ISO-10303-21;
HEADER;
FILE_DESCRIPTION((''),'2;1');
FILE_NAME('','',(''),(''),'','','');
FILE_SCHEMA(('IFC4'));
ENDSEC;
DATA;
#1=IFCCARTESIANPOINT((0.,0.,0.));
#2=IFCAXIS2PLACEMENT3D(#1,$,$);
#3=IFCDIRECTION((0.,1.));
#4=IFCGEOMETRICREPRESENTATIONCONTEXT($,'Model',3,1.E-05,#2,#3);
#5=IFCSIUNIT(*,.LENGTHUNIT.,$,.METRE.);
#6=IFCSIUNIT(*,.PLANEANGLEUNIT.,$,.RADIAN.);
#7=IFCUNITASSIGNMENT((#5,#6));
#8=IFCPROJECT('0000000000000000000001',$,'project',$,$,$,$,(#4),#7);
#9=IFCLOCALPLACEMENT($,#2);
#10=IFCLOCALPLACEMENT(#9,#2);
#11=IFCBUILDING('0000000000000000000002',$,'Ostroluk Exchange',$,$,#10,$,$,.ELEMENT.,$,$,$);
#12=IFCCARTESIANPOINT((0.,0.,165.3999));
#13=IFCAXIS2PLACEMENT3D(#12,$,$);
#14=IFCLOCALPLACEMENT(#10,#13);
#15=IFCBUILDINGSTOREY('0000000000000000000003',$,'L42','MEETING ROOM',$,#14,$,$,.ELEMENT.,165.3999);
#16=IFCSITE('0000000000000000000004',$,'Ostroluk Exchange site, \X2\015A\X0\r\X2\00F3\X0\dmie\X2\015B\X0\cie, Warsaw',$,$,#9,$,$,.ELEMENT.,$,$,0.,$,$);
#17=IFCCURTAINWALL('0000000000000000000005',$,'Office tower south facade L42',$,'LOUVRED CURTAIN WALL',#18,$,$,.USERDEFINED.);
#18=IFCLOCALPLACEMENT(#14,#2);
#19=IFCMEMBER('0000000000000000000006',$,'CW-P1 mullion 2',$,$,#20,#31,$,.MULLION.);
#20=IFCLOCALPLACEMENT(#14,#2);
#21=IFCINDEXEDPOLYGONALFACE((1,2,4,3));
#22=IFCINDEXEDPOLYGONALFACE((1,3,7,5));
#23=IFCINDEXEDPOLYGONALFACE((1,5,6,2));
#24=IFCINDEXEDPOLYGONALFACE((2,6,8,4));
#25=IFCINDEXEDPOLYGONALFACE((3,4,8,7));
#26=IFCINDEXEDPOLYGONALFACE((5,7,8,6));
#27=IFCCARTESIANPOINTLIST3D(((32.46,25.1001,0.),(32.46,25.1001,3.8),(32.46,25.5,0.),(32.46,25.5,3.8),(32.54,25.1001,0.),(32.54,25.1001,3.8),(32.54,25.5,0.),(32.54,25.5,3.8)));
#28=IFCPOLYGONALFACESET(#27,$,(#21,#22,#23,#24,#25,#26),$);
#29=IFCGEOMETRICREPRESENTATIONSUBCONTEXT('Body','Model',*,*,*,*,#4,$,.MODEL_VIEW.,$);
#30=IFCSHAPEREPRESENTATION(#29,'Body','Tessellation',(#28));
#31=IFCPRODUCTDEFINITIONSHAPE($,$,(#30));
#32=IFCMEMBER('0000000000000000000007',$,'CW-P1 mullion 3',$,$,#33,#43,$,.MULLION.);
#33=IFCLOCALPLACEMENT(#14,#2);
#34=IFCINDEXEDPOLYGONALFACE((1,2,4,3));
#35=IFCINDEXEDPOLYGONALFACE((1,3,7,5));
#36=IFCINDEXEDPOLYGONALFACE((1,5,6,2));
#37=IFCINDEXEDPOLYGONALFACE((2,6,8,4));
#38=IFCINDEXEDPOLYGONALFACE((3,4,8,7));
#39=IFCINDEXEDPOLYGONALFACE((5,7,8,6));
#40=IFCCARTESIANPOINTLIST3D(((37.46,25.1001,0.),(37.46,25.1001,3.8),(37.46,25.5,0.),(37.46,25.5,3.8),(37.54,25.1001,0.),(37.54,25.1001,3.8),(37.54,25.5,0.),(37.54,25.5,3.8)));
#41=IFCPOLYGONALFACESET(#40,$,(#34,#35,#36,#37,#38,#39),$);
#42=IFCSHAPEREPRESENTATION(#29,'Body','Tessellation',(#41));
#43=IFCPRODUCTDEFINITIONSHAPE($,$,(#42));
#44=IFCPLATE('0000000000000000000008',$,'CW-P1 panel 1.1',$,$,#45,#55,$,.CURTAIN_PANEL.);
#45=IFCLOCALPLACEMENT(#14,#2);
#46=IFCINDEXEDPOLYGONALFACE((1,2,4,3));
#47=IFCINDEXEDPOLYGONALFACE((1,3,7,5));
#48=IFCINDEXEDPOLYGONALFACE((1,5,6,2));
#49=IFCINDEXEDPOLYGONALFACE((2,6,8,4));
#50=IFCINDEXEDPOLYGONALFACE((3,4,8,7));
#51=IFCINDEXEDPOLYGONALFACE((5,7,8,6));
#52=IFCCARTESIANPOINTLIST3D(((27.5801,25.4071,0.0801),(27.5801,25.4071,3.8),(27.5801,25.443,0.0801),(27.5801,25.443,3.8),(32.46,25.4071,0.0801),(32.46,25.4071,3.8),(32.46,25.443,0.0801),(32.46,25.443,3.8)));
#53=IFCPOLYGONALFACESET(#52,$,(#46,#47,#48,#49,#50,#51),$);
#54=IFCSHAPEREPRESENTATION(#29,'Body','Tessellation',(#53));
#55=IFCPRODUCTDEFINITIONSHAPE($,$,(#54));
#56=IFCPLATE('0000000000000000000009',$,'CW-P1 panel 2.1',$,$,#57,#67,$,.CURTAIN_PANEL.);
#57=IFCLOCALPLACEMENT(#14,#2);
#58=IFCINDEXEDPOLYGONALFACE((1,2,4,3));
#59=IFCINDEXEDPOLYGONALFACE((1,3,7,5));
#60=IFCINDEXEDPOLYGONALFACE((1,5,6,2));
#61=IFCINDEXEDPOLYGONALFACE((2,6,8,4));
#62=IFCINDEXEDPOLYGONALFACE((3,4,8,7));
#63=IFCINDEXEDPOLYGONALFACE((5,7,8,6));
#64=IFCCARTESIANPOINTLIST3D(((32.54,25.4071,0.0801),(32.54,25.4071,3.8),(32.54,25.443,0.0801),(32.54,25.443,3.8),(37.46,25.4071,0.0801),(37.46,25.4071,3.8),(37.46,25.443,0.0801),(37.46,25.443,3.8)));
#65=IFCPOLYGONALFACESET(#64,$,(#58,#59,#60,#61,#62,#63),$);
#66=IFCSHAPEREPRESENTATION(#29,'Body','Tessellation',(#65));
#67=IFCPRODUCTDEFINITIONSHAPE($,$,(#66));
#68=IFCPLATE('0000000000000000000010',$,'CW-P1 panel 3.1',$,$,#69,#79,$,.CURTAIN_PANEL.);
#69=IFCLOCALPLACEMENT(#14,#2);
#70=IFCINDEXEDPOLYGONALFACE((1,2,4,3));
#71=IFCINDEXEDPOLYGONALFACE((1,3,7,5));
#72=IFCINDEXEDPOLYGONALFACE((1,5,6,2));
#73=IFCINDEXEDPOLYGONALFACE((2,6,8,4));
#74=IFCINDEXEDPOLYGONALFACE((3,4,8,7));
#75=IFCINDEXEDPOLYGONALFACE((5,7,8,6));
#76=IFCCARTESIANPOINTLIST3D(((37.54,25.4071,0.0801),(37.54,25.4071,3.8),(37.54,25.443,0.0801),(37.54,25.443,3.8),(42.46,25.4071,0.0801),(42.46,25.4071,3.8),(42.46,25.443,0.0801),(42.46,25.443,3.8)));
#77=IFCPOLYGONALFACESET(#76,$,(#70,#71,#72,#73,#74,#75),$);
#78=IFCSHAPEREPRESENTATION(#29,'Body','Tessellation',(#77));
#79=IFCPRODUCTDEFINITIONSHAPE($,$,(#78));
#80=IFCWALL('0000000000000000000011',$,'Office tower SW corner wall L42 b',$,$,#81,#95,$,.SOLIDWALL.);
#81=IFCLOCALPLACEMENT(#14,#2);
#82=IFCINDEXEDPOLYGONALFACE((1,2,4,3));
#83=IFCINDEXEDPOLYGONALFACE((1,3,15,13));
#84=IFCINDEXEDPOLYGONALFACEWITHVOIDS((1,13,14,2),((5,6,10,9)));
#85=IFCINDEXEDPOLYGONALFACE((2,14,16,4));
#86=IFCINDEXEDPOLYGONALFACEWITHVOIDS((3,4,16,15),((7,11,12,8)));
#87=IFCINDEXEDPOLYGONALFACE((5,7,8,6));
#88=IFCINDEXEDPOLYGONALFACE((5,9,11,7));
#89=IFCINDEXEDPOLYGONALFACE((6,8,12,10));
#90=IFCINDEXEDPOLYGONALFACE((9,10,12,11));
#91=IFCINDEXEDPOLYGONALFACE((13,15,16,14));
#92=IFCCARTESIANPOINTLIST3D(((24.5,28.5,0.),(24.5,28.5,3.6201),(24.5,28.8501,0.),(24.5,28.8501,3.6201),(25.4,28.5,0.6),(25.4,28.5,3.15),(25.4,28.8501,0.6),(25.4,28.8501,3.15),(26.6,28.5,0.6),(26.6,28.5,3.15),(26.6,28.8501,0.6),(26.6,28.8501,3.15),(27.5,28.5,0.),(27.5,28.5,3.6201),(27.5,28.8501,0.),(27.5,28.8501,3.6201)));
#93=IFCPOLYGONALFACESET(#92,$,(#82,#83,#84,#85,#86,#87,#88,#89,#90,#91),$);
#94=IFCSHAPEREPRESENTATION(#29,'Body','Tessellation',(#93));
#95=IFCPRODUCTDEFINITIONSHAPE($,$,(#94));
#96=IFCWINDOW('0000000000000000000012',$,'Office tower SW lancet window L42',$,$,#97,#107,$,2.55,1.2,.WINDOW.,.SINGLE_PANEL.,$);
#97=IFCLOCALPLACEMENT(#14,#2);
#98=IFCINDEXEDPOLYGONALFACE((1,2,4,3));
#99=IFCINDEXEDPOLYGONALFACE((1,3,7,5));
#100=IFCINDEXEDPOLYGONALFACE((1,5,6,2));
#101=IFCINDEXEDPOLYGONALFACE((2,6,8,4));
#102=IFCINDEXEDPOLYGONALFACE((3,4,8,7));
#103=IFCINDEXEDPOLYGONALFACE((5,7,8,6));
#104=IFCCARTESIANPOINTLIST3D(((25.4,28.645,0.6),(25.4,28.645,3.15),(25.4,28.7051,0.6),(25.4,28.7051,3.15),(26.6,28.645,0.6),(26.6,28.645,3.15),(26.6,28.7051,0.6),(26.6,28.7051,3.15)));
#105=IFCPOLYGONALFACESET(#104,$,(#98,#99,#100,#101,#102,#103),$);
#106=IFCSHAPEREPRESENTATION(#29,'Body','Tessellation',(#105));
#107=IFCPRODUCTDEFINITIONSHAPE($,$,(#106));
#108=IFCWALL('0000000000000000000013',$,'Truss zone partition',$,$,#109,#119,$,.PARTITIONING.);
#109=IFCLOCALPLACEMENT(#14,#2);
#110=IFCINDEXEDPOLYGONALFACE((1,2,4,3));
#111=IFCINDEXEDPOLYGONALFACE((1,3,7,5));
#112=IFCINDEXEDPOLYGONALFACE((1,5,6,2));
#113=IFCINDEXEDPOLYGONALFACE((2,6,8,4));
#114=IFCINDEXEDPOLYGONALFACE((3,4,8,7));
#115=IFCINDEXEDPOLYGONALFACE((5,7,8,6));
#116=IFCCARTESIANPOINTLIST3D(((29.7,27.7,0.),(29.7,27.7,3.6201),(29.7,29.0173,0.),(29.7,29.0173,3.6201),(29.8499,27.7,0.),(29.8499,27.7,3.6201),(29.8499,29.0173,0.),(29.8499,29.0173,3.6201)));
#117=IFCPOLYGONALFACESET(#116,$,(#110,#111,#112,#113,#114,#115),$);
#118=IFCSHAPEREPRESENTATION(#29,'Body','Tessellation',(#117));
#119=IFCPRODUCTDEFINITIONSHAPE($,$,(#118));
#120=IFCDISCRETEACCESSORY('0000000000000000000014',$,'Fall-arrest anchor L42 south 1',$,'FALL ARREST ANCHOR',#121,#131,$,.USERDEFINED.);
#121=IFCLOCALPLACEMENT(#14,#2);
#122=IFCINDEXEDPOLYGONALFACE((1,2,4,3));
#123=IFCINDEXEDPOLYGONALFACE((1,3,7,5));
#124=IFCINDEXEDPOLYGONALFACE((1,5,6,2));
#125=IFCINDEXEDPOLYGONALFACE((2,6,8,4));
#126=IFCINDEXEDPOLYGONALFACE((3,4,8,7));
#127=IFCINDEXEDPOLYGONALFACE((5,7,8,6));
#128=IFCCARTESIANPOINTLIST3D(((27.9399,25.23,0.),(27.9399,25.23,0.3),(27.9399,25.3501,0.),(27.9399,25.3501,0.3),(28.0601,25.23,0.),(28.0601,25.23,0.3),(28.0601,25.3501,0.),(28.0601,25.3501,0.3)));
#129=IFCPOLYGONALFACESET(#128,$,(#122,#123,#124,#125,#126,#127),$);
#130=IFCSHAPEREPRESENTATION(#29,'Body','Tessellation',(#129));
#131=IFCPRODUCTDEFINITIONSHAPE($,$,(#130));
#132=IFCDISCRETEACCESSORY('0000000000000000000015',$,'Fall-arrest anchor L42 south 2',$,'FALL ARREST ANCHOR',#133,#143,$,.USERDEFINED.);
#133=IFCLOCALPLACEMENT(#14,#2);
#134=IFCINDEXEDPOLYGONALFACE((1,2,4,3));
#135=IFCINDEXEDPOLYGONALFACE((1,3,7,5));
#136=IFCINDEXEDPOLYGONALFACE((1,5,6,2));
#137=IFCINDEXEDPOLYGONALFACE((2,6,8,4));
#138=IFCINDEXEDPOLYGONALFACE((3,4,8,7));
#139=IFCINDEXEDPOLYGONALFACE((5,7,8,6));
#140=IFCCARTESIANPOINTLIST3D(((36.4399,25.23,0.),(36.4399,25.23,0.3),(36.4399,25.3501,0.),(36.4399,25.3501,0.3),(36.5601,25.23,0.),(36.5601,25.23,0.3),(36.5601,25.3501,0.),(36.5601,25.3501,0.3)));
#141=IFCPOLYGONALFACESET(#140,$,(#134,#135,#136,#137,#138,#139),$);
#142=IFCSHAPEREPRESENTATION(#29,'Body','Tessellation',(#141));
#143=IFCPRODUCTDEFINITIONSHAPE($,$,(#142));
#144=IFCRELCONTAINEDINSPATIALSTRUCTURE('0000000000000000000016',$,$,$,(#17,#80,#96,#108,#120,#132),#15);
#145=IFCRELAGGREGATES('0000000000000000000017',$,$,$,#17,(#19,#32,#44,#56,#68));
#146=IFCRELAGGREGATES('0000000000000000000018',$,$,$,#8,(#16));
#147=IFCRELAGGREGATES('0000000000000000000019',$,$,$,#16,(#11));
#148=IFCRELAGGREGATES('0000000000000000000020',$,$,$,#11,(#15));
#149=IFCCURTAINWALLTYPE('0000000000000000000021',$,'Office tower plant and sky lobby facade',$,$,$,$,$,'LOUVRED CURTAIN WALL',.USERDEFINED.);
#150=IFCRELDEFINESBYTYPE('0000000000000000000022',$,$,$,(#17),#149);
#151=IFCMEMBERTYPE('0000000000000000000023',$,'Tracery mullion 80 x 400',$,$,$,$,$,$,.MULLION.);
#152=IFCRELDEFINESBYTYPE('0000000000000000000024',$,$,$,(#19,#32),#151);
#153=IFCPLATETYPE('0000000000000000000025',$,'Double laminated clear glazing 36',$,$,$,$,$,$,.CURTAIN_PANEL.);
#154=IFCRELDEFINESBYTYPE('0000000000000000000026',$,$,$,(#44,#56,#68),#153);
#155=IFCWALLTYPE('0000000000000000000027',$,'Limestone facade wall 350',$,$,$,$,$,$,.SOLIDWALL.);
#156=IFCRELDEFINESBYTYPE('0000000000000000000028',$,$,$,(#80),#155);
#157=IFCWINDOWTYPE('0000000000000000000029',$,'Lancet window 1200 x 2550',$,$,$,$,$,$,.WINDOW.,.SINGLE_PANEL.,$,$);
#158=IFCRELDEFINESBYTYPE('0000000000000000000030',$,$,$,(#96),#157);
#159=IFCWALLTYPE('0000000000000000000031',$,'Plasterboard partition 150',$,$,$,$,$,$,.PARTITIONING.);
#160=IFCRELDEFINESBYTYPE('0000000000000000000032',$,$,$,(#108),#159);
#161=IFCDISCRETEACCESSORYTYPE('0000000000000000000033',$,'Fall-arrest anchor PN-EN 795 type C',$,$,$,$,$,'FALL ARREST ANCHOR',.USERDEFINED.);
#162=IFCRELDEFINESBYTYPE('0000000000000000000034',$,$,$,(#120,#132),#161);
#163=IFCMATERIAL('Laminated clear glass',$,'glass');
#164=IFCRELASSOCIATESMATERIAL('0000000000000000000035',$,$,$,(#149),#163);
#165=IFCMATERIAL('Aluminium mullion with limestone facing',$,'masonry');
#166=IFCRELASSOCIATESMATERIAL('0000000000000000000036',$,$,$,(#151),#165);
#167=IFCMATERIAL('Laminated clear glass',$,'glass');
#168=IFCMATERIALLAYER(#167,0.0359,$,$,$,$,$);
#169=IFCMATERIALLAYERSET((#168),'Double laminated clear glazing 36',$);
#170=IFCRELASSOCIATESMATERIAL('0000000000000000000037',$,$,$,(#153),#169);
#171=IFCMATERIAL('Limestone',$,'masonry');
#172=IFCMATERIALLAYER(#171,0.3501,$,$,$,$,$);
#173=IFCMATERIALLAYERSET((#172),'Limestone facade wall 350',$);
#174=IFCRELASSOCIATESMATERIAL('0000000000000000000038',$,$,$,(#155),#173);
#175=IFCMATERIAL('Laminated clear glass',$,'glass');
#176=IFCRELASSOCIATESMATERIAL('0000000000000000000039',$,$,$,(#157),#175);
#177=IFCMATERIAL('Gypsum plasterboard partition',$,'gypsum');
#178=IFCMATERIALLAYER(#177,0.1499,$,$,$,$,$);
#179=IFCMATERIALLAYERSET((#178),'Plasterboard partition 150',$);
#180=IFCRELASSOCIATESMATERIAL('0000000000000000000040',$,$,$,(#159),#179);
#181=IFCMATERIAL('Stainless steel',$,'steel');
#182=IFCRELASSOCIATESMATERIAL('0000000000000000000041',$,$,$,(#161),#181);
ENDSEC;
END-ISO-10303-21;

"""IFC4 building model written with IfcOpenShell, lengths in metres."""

from ifc_helpers import new_model, si_unit, direction, frame, frame_2d, origin, origin_2d, place, context, subcontext, project, spatial, rectangle, extrude, material, layer, layer_set, material_profile, profile_set, type_object, element, fill, aggregate, save


model = new_model("IFC4")

# Units and contexts
model_context = context("Model", 3, precision=1e-05, world=origin(), true_north=direction((0.0, 1.0)))
body_context = subcontext(model_context, "Body", "Model", "MODEL_VIEW")
ifc_project = project(units=[si_unit("LENGTHUNIT", "METRE"), si_unit("PLANEANGLEUNIT", "RADIAN")], contexts=[model_context])

# Site, building, storey
site_placement = place(None, origin())
site = spatial("IfcSite", under=ifc_project, at=site_placement, Name="Ostroluk Exchange site, Śródmieście, Warsaw", CompositionType="ELEMENT", RefElevation=0.0)
building_placement = place(site_placement, origin())
building = spatial("IfcBuilding", under=site, at=building_placement, Name="Ostroluk Exchange", CompositionType="ELEMENT")
storey_placement = place(building_placement, frame((0.0, 0.0, 165.3999)))
storey = spatial("IfcBuildingStorey", under=building, at=storey_placement, Name="L42", Description="MEETING ROOM", CompositionType="ELEMENT", Elevation=165.3999)

# Curtain wall, members, plates
ifc_material_1 = material(Name="Laminated clear glass", Category="glass")
curtain_wall_type = type_object("IfcCurtainWallType", Name="Office tower plant and sky lobby facade", ElementType="LOUVRED CURTAIN WALL", PredefinedType="USERDEFINED", material=ifc_material_1)
curtain_wall_placement = place(storey_placement, origin())
curtain_wall = element("IfcCurtainWall", 1, at=curtain_wall_placement, inside=storey, type_object=curtain_wall_type, Name="Office tower south facade L42", ObjectType="LOUVRED CURTAIN WALL", PredefinedType="USERDEFINED")
ifc_material_2 = material(Name="Aluminium mullion with limestone facing", Category="masonry")
ifc_material_profile_1 = material_profile(ifc_material_2, rectangle(XDim=0.3999, YDim=0.0801, at=origin_2d()), Name="Tracery mullion 80 x 400")
ifc_profile_set_1 = profile_set([ifc_material_profile_1], Name="Aluminium mullion with limestone facing")
member_type_1 = type_object("IfcMemberType", Name="Tracery mullion 80 x 400", PredefinedType="MULLION", material=ifc_profile_set_1)
member_1_placement = place(storey_placement, frame((32.5, 25.3, 0.0), z_axis=(0.0, 0.0, 1.0), x_axis=(0.0, 1.0, 0.0)))
member_1 = element("IfcMember", 2, at=member_1_placement, type_object=member_type_1, Name="CW-P1 mullion 2", PredefinedType="MULLION", context=body_context, shape_type="SweptSolid", body=[
    extrude(rectangle(XDim=0.3999, YDim=0.0801, at=origin_2d()), origin(), (0.0, 0.0, 1.0), 3.8),
])
member_2_placement = place(storey_placement, frame((37.5, 25.3, 0.0), z_axis=(0.0, 0.0, 1.0), x_axis=(0.0, 1.0, 0.0)))
member_2 = element("IfcMember", 3, at=member_2_placement, type_object=member_type_1, Name="CW-P1 mullion 3", PredefinedType="MULLION", context=body_context, shape_type="SweptSolid", body=[
    extrude(rectangle(XDim=0.3999, YDim=0.0801, at=origin_2d()), origin(), (0.0, 0.0, 1.0), 3.8),
])
ifc_material_3 = material(Name="Laminated clear glass", Category="glass")
ifc_layer_1 = layer(ifc_material_3, 0.0359)
ifc_layer_set_1 = layer_set([ifc_layer_1], Name="Double laminated clear glazing 36")
plate_type = type_object("IfcPlateType", Name="Double laminated clear glazing 36", PredefinedType="CURTAIN_PANEL", material=ifc_layer_set_1)
plate_1_placement = place(storey_placement, frame((30.02, 25.425, 0.0801), z_axis=(0.0, 0.0, 1.0), x_axis=(1.0, 0.0, 0.0)))
plate_1 = element("IfcPlate", 4, at=plate_1_placement, type_object=plate_type, Name="CW-P1 panel 1.1", PredefinedType="CURTAIN_PANEL", context=body_context, shape_type="SweptSolid", body=[
    extrude(rectangle(XDim=4.8799, YDim=0.0359, at=origin_2d()), origin(), (0.0, 0.0, 1.0), 3.72),
])
plate_2_placement = place(storey_placement, frame((35.0, 25.425, 0.0801), z_axis=(0.0, 0.0, 1.0), x_axis=(1.0, 0.0, 0.0)))
plate_2 = element("IfcPlate", 5, at=plate_2_placement, type_object=plate_type, Name="CW-P1 panel 2.1", PredefinedType="CURTAIN_PANEL", context=body_context, shape_type="SweptSolid", body=[
    extrude(rectangle(XDim=4.9199, YDim=0.0359, at=origin_2d()), origin(), (0.0, 0.0, 1.0), 3.72),
])
plate_3_placement = place(storey_placement, frame((40.0, 25.425, 0.0801), z_axis=(0.0, 0.0, 1.0), x_axis=(1.0, 0.0, 0.0)))
plate_3 = element("IfcPlate", 6, at=plate_3_placement, type_object=plate_type, Name="CW-P1 panel 3.1", PredefinedType="CURTAIN_PANEL", context=body_context, shape_type="SweptSolid", body=[
    extrude(rectangle(XDim=4.9199, YDim=0.0359, at=origin_2d()), origin(), (0.0, 0.0, 1.0), 3.72),
])
aggregate(curtain_wall, [member_1, member_2, plate_1, plate_2, plate_3])

# Shared definitions
ifc_material_4 = material(Name="Limestone", Category="masonry")
ifc_layer_2 = layer(ifc_material_4, 0.3501)
ifc_layer_set_2 = layer_set([ifc_layer_2], Name="Limestone facade wall 350")
wall_type_1 = type_object("IfcWallType", Name="Limestone facade wall 350", PredefinedType="SOLIDWALL", material=ifc_layer_set_2)

# Wall, opening, window
wall_1_placement = place(storey_placement, frame((27.5, 28.675, 0.0), z_axis=(0.0, 0.0, 1.0), x_axis=(-1.0, 0.0, 0.0)))
wall_1 = element("IfcWall", 7, at=wall_1_placement, inside=storey, type_object=wall_type_1, Name="Office tower SW corner wall L42 b", PredefinedType="SOLIDWALL", context=body_context, shape_type="SweptSolid", body=[
    extrude(rectangle(XDim=3.0, YDim=0.3501, at=frame_2d((1.5, 0.0))), origin(), (0.0, 0.0, 1.0), 3.6201),
])
opening_1_placement = place(wall_1_placement, frame((0.8999, 0.0, 0.6001)))
opening_1 = element("IfcOpeningElement", 8, at=opening_1_placement, cuts=wall_1, PredefinedType="OPENING", context=body_context, shape_type="SweptSolid", body=[
    extrude(rectangle(XDim=1.2, YDim=2.55, at=frame_2d((0.6001, 1.2749))), frame((0.0, 0.1851, 0.0), z_axis=(0.0, -1.0, 0.0), x_axis=(1.0, 0.0, 0.0)), (0.0, 0.0, 1.0), 0.3701),
])
ifc_material_5 = material(Name="Laminated clear glass", Category="glass")
window_type = type_object("IfcWindowType", Name="Lancet window 1200 x 2550", PartitioningType="SINGLE_PANEL", PredefinedType="WINDOW", material=ifc_material_5)
window_placement = place(opening_1_placement, origin())
window = element("IfcWindow", 9, at=window_placement, inside=storey, type_object=window_type, Name="Office tower SW lancet window L42", OverallHeight=2.55, OverallWidth=1.2, PartitioningType="SINGLE_PANEL", PredefinedType="WINDOW", context=body_context, shape_type="SweptSolid", body=[
    extrude(rectangle(XDim=1.2, YDim=2.55, at=frame_2d((0.6001, 1.2749))), frame((0.0, 0.03, 0.0), z_axis=(0.0, -1.0, 0.0), x_axis=(1.0, 0.0, 0.0)), (0.0, 0.0, 1.0), 0.0601),
])
fill(opening_1, window)

# Wall
ifc_material_6 = material(Name="Gypsum plasterboard partition", Category="gypsum")
ifc_layer_3 = layer(ifc_material_6, 0.1499)
ifc_layer_set_3 = layer_set([ifc_layer_3], Name="Plasterboard partition 150")
wall_type_2 = type_object("IfcWallType", Name="Plasterboard partition 150", PredefinedType="PARTITIONING", material=ifc_layer_set_3)
wall_2_placement = place(storey_placement, frame((29.7749, 27.7, 0.0), z_axis=(0.0, 0.0, 1.0), x_axis=(0.0, 1.0, 0.0)))
element("IfcWall", 10, at=wall_2_placement, inside=storey, type_object=wall_type_2, Name="Truss zone partition", PredefinedType="PARTITIONING", context=body_context, shape_type="SweptSolid", body=[
    extrude(rectangle(XDim=1.3174, YDim=0.1499, at=frame_2d((0.6587, 0.0))), origin(), (0.0, 0.0, 1.0), 3.6201),
])

# Discrete accessories
ifc_material_7 = material(Name="Stainless steel", Category="steel")
discrete_accessory_type = type_object("IfcDiscreteAccessoryType", Name="Fall-arrest anchor PN-EN 795 type C", ElementType="FALL ARREST ANCHOR", PredefinedType="USERDEFINED", material=ifc_material_7)
for number, where, z_axis, x_axis, name in (
    (11, (28.0, 25.29, 0.0), (0.0, 0.0, 1.0), (1.0, 0.0, 0.0), "Fall-arrest anchor L42 south 1"),
    (12, (36.5, 25.29, 0.0), (0.0, 0.0, 1.0), (1.0, 0.0, 0.0), "Fall-arrest anchor L42 south 2"),
):
    element("IfcDiscreteAccessory", number, at=place(storey_placement, frame(where, z_axis=z_axis, x_axis=x_axis)), inside=storey, type_object=discrete_accessory_type, Name=name, ObjectType="FALL ARREST ANCHOR", PredefinedType="USERDEFINED", context=body_context, shape_type="SweptSolid", body=[
        extrude(rectangle(XDim=0.1201, YDim=0.1201, at=origin_2d()), origin(), (0.0, 0.0, 1.0), 0.3),
    ])

save(model, "model.ifc")
